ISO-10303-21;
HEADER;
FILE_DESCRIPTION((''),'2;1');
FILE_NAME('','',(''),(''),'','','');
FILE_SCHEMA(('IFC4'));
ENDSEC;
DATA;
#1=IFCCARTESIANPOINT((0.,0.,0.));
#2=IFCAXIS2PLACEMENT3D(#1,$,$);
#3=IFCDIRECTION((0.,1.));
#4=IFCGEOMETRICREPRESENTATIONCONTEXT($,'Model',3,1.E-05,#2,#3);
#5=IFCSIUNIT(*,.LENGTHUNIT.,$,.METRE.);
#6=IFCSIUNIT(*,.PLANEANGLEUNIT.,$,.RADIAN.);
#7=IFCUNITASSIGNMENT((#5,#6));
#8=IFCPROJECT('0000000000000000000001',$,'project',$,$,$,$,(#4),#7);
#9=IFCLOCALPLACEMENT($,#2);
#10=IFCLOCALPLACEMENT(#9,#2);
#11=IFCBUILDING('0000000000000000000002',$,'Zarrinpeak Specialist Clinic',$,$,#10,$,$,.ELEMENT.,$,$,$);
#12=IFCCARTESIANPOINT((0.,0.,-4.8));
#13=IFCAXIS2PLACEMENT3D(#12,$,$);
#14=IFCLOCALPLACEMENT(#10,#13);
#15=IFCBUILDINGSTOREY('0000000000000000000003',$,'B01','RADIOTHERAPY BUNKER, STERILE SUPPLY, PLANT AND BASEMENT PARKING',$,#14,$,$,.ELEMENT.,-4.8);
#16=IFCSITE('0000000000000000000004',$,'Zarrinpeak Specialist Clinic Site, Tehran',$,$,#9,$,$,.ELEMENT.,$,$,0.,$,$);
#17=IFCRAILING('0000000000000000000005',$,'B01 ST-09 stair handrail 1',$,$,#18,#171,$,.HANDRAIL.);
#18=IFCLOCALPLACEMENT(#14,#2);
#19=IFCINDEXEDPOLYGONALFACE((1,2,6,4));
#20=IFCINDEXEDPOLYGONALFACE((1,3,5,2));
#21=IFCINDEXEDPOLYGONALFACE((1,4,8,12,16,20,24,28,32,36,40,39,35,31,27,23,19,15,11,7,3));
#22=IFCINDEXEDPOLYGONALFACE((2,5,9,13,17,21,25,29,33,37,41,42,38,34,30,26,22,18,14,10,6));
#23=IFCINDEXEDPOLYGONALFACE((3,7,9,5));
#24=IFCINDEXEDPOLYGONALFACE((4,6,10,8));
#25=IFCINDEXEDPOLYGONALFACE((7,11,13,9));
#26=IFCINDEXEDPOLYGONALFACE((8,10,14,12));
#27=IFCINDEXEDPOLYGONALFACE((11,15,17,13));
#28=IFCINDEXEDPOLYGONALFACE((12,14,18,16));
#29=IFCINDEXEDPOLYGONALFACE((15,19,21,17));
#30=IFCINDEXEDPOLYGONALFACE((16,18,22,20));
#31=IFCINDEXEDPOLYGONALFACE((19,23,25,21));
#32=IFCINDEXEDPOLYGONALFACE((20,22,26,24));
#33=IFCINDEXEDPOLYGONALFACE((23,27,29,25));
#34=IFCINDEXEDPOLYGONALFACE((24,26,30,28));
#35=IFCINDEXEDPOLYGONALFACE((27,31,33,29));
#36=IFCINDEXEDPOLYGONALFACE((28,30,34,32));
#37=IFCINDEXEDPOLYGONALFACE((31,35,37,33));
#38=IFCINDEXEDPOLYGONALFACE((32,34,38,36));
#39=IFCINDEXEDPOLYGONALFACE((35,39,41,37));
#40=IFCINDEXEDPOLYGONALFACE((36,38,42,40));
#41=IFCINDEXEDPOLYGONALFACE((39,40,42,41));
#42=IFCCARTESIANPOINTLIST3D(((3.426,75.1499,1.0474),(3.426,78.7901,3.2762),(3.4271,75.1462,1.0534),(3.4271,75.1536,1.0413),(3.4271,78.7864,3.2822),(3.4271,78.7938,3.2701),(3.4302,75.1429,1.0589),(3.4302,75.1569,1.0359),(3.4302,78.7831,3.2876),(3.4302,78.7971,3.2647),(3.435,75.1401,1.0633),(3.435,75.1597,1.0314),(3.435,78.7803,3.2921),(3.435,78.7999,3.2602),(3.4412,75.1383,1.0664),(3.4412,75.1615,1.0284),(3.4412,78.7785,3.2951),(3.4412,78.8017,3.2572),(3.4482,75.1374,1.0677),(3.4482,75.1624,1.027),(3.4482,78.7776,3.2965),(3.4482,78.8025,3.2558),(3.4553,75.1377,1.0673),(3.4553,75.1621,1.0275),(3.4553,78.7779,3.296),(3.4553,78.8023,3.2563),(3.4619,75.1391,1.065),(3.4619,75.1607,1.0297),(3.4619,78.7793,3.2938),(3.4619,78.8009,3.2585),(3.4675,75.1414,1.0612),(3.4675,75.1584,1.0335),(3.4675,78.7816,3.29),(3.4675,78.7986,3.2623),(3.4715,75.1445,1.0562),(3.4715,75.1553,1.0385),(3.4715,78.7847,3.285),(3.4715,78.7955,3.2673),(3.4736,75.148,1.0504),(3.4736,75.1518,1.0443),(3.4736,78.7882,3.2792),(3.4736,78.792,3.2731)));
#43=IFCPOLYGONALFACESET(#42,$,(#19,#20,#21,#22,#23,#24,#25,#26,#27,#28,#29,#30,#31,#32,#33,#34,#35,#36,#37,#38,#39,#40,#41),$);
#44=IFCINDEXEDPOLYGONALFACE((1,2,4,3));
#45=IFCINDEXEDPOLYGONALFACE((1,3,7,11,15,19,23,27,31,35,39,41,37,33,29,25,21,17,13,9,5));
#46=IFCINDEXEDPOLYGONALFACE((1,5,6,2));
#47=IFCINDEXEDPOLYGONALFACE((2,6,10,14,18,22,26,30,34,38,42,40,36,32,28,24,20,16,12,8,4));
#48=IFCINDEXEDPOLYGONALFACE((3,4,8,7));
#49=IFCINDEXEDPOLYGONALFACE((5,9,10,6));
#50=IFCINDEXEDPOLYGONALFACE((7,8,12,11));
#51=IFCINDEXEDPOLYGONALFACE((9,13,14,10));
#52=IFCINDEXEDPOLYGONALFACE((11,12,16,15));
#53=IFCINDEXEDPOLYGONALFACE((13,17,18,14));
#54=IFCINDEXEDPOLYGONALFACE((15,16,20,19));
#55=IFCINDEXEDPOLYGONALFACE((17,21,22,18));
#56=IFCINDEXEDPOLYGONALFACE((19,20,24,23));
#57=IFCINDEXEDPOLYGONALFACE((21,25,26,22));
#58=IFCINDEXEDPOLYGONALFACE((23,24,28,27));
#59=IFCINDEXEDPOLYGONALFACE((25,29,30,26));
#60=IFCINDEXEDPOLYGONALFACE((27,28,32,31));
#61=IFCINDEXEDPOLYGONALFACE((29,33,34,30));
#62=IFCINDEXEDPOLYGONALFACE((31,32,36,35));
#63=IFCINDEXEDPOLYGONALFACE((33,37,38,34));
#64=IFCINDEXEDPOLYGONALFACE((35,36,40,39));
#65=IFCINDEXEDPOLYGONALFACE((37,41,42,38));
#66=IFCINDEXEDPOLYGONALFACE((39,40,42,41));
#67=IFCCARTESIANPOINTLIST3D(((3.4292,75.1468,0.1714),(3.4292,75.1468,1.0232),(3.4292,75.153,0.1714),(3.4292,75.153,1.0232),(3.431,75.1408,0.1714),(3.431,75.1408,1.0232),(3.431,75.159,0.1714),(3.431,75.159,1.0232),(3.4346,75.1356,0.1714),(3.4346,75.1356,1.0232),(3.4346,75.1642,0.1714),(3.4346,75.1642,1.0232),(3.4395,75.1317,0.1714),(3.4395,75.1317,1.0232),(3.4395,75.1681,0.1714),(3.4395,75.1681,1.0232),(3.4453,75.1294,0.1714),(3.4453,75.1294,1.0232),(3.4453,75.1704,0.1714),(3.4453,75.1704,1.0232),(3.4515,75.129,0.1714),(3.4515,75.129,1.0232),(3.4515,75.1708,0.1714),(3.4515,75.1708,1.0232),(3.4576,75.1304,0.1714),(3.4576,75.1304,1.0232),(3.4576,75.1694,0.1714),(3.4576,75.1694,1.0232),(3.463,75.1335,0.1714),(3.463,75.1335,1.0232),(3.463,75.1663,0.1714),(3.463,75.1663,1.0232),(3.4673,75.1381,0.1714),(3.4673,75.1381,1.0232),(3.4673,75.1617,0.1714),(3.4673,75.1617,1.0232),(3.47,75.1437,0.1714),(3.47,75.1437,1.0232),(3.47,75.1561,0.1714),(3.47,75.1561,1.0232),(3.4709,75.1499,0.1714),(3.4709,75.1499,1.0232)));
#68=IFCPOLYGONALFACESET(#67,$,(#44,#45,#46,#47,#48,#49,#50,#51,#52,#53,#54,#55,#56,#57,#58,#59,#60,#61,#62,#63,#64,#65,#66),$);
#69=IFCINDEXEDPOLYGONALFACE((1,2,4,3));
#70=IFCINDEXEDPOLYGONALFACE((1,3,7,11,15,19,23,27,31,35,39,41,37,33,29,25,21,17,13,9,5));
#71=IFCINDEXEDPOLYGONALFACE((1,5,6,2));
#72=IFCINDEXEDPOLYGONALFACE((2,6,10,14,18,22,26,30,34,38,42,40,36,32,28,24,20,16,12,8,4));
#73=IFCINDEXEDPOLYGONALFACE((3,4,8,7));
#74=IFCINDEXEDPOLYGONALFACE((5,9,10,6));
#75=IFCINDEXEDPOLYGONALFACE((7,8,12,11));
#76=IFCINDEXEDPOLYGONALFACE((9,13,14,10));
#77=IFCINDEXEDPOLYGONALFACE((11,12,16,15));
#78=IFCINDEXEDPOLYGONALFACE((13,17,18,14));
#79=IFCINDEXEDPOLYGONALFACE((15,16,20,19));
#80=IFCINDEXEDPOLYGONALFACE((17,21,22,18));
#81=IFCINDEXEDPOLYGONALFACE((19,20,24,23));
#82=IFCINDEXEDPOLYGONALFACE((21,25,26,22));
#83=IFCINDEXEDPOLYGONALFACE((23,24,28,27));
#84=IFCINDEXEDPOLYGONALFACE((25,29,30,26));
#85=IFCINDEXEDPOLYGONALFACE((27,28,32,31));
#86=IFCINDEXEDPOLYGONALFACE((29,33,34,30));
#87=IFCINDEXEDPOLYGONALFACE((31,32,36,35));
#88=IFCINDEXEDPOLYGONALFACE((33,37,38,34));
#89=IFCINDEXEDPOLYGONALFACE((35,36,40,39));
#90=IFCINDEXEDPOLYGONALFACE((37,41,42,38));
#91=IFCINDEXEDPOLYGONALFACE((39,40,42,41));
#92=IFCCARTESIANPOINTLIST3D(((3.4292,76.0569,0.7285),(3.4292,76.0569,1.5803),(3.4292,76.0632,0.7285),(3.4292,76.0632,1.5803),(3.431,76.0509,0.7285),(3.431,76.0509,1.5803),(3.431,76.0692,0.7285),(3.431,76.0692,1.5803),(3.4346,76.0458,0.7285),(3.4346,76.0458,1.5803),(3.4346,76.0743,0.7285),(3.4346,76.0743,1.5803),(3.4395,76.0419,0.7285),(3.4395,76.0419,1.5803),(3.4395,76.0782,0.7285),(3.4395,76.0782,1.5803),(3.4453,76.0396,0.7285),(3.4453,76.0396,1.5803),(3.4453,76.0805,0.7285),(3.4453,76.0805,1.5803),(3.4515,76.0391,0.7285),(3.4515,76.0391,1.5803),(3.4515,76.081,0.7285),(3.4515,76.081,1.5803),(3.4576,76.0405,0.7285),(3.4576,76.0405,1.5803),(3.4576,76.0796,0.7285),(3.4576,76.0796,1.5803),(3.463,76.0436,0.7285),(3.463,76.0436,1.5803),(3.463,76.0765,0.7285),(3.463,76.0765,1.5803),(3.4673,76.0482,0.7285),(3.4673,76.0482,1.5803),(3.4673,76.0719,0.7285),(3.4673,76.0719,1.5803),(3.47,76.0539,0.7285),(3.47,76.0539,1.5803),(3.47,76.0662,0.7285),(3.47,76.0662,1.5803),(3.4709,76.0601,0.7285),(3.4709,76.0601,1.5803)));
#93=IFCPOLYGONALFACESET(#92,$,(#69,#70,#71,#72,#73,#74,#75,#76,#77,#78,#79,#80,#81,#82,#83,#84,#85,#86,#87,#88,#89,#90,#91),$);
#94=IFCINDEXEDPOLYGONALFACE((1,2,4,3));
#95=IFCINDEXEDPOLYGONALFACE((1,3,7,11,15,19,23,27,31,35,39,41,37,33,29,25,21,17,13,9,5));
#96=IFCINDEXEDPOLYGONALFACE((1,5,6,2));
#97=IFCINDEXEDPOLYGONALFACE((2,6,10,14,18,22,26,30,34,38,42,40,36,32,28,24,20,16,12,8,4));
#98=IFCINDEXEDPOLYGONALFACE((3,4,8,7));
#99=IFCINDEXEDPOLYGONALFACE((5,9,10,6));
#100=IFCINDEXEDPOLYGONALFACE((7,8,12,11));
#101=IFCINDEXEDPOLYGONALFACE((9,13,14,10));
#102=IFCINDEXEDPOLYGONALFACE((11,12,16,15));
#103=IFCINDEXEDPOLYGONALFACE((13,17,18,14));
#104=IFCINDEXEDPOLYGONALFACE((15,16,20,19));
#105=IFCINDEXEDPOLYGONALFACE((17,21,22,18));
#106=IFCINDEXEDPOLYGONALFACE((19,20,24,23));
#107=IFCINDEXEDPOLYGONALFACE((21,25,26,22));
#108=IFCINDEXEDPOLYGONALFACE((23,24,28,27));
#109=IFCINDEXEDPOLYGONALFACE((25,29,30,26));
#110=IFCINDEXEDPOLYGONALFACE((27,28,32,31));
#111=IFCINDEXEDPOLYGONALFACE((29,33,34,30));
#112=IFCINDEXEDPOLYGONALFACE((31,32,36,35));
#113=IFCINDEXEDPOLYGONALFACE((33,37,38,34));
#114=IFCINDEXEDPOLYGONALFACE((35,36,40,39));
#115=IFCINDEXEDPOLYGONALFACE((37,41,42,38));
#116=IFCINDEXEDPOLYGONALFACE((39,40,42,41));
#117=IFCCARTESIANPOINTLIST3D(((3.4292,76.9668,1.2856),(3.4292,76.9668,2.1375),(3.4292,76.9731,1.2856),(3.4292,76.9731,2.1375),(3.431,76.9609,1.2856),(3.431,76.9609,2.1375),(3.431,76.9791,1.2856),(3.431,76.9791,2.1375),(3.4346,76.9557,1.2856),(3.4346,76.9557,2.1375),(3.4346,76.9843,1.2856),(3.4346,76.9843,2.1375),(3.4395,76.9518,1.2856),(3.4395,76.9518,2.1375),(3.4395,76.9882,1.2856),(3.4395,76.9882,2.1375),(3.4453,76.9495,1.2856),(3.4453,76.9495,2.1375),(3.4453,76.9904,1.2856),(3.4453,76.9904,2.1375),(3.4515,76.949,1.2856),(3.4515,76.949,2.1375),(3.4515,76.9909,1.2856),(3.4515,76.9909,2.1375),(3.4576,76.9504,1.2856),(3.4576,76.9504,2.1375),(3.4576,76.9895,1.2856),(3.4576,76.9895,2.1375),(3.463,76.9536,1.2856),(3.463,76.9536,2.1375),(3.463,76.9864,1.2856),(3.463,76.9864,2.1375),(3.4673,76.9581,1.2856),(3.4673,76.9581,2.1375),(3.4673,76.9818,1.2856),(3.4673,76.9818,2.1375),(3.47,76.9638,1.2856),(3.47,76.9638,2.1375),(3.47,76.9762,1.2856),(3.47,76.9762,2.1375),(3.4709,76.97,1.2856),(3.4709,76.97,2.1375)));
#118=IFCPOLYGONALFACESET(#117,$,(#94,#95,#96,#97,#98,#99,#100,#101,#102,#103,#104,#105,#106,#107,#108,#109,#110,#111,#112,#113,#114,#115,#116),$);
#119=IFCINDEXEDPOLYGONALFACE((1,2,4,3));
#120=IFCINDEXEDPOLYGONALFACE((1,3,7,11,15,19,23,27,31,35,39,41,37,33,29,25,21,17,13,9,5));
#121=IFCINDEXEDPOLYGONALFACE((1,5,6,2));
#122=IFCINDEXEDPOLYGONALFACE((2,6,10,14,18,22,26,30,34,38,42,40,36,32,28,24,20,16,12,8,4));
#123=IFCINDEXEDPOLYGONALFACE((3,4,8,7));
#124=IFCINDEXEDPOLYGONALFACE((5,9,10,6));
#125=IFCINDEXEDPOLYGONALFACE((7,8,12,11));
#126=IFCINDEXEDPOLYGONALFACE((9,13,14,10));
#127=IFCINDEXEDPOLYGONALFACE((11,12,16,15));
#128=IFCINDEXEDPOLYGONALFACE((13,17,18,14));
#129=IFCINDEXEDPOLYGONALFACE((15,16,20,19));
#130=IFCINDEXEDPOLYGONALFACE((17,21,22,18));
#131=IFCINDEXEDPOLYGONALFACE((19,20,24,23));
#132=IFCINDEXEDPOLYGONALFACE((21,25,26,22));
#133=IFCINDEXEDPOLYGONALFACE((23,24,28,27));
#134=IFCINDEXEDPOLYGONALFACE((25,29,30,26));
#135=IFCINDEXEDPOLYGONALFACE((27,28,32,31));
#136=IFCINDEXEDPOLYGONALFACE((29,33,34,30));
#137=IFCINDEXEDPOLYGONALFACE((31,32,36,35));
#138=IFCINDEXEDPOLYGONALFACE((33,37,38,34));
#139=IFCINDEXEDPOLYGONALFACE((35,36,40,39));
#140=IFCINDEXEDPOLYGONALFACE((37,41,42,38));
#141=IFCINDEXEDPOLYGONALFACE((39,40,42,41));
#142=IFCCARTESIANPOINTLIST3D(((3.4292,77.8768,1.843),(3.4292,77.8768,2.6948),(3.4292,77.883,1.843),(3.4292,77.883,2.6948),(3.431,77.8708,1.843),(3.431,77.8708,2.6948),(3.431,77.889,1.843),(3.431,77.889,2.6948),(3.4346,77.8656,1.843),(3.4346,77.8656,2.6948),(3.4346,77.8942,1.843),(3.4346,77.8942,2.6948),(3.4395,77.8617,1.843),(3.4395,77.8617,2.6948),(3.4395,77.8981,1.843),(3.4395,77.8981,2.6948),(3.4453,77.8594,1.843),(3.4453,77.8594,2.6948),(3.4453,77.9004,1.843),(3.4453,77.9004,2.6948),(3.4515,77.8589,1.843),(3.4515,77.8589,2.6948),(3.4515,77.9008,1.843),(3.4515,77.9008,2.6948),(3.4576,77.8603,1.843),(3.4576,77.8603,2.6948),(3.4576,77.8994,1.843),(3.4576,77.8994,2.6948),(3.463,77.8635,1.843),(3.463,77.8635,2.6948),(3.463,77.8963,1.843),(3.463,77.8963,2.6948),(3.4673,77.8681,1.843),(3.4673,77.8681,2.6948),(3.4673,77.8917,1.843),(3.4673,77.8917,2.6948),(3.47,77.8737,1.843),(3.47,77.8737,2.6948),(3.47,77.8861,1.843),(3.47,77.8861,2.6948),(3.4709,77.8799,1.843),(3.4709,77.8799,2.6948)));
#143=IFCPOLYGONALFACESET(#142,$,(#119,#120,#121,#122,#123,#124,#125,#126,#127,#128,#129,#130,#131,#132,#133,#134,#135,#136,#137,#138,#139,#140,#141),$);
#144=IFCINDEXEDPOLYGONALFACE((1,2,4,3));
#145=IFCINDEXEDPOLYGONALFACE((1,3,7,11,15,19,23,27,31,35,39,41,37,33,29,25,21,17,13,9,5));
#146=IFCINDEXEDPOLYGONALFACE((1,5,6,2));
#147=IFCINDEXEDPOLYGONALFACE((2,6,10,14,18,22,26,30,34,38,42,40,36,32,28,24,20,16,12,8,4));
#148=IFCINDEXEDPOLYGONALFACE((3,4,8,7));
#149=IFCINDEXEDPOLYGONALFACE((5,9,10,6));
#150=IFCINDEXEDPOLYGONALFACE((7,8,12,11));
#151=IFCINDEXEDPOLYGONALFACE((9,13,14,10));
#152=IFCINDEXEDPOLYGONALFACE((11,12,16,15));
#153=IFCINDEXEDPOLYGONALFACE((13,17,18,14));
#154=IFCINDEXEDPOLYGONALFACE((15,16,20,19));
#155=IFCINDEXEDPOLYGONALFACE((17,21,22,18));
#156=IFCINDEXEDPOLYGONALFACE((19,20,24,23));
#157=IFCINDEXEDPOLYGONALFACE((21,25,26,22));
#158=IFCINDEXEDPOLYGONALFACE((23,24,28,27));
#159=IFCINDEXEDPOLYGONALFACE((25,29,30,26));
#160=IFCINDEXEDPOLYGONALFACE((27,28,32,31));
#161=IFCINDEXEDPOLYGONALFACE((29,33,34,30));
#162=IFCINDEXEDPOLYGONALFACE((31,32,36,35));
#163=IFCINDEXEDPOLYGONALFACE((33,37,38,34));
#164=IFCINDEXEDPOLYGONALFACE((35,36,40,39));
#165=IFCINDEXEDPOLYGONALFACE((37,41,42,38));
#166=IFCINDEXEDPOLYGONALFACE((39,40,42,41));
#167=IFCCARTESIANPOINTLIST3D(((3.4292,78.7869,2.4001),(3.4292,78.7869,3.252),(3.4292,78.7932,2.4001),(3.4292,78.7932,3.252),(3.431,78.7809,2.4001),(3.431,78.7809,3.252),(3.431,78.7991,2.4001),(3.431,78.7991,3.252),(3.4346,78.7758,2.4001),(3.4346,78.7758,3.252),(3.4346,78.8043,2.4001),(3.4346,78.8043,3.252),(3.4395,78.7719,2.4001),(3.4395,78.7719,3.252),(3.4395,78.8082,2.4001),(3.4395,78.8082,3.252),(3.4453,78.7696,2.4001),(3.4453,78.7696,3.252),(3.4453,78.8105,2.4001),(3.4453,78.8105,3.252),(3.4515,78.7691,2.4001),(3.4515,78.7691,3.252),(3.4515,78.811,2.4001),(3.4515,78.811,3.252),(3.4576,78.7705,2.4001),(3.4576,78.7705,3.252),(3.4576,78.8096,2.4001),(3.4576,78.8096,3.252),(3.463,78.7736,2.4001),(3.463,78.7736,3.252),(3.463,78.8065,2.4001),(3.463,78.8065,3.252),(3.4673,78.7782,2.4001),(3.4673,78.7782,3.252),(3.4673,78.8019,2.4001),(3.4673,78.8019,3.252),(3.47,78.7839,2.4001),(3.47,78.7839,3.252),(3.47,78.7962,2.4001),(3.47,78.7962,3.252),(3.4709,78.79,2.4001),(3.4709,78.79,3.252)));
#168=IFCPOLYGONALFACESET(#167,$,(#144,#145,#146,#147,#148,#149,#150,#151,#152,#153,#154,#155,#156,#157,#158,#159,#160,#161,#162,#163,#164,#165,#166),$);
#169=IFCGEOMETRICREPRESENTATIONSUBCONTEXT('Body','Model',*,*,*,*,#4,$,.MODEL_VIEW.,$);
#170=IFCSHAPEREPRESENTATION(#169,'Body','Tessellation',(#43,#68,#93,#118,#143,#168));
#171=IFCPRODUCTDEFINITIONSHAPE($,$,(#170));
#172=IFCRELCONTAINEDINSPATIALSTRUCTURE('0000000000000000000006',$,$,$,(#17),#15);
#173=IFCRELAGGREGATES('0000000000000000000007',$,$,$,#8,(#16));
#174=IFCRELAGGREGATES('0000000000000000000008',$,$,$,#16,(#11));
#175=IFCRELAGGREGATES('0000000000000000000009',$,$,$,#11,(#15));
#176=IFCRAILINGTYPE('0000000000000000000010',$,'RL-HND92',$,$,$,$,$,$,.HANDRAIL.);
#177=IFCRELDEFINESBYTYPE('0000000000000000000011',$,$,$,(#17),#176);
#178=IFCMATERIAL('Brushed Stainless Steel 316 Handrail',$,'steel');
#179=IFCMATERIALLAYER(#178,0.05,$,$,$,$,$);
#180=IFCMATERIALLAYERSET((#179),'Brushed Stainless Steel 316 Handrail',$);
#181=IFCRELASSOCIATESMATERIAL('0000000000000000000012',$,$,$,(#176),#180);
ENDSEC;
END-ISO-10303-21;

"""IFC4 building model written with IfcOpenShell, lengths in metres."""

from ifc_helpers import new_model, si_unit, direction, frame, origin, origin_2d, place, context, subcontext, project, spatial, circle, extrude, material, layer, layer_set, type_object, element, save


model = new_model("IFC4")

# Units and contexts
model_context = context("Model", 3, precision=1e-05, world=origin(), true_north=direction((0.0, 1.0)))
body_context = subcontext(model_context, "Body", "Model", "MODEL_VIEW")
ifc_project = project(units=[si_unit("LENGTHUNIT", "METRE"), si_unit("PLANEANGLEUNIT", "RADIAN")], contexts=[model_context])

# Site, building, storey
site_placement = place(None, origin())
site = spatial("IfcSite", under=ifc_project, at=site_placement, Name="Zarrinpeak Specialist Clinic Site, Tehran", CompositionType="ELEMENT", RefElevation=0.0)
building_placement = place(site_placement, origin())
building = spatial("IfcBuilding", under=site, at=building_placement, Name="Zarrinpeak Specialist Clinic", CompositionType="ELEMENT")
storey_placement = place(building_placement, frame((0.0, 0.0, -4.8)))
storey = spatial("IfcBuildingStorey", under=building, at=storey_placement, Name="B01", Description="RADIOTHERAPY BUNKER, STERILE SUPPLY, PLANT AND BASEMENT PARKING", CompositionType="ELEMENT", Elevation=-4.8)

# Railing
ifc_material_1 = material(Name="Brushed Stainless Steel 316 Handrail", Category="steel")
ifc_layer_1 = layer(ifc_material_1, 0.05)
ifc_layer_set_1 = layer_set([ifc_layer_1], Name="Brushed Stainless Steel 316 Handrail")
railing_type_1 = type_object("IfcRailingType", Name="RL-HND92", PredefinedType="HANDRAIL", material=ifc_layer_set_1)
railing_1_placement = place(storey_placement, frame((3.45, 75.1499, 0.1714)))
element("IfcRailing", 1, at=railing_1_placement, inside=storey, type_object=railing_type_1, Name="B01 ST-09 stair handrail 1", PredefinedType="HANDRAIL", context=body_context, shape_type="SweptSolid", body=[
    extrude(circle(Radius=0.0239, at=origin_2d()), frame((0.0, 0.0, 0.876), z_axis=(0.0, 0.85284, 0.522172), x_axis=(-1.0, 0.0, 0.0)), (0.0, 0.0, 1.0), 4.2683),
    extrude(circle(Radius=0.021, at=origin_2d()), origin(), (0.0, 0.0, 1.0), 0.8518),
    extrude(circle(Radius=0.021, at=origin_2d()), frame((0.0, 0.9102, 0.5571)), (0.0, 0.0, 1.0), 0.8518),
    extrude(circle(Radius=0.021, at=origin_2d()), frame((0.0, 1.8201, 1.1143)), (0.0, 0.0, 1.0), 0.8518),
    extrude(circle(Radius=0.021, at=origin_2d()), frame((0.0, 2.73, 1.6716)), (0.0, 0.0, 1.0), 0.8518),
    extrude(circle(Radius=0.021, at=origin_2d()), frame((0.0, 3.6401, 2.2288)), (0.0, 0.0, 1.0), 0.8518),
])

save(model, "model.ifc")
